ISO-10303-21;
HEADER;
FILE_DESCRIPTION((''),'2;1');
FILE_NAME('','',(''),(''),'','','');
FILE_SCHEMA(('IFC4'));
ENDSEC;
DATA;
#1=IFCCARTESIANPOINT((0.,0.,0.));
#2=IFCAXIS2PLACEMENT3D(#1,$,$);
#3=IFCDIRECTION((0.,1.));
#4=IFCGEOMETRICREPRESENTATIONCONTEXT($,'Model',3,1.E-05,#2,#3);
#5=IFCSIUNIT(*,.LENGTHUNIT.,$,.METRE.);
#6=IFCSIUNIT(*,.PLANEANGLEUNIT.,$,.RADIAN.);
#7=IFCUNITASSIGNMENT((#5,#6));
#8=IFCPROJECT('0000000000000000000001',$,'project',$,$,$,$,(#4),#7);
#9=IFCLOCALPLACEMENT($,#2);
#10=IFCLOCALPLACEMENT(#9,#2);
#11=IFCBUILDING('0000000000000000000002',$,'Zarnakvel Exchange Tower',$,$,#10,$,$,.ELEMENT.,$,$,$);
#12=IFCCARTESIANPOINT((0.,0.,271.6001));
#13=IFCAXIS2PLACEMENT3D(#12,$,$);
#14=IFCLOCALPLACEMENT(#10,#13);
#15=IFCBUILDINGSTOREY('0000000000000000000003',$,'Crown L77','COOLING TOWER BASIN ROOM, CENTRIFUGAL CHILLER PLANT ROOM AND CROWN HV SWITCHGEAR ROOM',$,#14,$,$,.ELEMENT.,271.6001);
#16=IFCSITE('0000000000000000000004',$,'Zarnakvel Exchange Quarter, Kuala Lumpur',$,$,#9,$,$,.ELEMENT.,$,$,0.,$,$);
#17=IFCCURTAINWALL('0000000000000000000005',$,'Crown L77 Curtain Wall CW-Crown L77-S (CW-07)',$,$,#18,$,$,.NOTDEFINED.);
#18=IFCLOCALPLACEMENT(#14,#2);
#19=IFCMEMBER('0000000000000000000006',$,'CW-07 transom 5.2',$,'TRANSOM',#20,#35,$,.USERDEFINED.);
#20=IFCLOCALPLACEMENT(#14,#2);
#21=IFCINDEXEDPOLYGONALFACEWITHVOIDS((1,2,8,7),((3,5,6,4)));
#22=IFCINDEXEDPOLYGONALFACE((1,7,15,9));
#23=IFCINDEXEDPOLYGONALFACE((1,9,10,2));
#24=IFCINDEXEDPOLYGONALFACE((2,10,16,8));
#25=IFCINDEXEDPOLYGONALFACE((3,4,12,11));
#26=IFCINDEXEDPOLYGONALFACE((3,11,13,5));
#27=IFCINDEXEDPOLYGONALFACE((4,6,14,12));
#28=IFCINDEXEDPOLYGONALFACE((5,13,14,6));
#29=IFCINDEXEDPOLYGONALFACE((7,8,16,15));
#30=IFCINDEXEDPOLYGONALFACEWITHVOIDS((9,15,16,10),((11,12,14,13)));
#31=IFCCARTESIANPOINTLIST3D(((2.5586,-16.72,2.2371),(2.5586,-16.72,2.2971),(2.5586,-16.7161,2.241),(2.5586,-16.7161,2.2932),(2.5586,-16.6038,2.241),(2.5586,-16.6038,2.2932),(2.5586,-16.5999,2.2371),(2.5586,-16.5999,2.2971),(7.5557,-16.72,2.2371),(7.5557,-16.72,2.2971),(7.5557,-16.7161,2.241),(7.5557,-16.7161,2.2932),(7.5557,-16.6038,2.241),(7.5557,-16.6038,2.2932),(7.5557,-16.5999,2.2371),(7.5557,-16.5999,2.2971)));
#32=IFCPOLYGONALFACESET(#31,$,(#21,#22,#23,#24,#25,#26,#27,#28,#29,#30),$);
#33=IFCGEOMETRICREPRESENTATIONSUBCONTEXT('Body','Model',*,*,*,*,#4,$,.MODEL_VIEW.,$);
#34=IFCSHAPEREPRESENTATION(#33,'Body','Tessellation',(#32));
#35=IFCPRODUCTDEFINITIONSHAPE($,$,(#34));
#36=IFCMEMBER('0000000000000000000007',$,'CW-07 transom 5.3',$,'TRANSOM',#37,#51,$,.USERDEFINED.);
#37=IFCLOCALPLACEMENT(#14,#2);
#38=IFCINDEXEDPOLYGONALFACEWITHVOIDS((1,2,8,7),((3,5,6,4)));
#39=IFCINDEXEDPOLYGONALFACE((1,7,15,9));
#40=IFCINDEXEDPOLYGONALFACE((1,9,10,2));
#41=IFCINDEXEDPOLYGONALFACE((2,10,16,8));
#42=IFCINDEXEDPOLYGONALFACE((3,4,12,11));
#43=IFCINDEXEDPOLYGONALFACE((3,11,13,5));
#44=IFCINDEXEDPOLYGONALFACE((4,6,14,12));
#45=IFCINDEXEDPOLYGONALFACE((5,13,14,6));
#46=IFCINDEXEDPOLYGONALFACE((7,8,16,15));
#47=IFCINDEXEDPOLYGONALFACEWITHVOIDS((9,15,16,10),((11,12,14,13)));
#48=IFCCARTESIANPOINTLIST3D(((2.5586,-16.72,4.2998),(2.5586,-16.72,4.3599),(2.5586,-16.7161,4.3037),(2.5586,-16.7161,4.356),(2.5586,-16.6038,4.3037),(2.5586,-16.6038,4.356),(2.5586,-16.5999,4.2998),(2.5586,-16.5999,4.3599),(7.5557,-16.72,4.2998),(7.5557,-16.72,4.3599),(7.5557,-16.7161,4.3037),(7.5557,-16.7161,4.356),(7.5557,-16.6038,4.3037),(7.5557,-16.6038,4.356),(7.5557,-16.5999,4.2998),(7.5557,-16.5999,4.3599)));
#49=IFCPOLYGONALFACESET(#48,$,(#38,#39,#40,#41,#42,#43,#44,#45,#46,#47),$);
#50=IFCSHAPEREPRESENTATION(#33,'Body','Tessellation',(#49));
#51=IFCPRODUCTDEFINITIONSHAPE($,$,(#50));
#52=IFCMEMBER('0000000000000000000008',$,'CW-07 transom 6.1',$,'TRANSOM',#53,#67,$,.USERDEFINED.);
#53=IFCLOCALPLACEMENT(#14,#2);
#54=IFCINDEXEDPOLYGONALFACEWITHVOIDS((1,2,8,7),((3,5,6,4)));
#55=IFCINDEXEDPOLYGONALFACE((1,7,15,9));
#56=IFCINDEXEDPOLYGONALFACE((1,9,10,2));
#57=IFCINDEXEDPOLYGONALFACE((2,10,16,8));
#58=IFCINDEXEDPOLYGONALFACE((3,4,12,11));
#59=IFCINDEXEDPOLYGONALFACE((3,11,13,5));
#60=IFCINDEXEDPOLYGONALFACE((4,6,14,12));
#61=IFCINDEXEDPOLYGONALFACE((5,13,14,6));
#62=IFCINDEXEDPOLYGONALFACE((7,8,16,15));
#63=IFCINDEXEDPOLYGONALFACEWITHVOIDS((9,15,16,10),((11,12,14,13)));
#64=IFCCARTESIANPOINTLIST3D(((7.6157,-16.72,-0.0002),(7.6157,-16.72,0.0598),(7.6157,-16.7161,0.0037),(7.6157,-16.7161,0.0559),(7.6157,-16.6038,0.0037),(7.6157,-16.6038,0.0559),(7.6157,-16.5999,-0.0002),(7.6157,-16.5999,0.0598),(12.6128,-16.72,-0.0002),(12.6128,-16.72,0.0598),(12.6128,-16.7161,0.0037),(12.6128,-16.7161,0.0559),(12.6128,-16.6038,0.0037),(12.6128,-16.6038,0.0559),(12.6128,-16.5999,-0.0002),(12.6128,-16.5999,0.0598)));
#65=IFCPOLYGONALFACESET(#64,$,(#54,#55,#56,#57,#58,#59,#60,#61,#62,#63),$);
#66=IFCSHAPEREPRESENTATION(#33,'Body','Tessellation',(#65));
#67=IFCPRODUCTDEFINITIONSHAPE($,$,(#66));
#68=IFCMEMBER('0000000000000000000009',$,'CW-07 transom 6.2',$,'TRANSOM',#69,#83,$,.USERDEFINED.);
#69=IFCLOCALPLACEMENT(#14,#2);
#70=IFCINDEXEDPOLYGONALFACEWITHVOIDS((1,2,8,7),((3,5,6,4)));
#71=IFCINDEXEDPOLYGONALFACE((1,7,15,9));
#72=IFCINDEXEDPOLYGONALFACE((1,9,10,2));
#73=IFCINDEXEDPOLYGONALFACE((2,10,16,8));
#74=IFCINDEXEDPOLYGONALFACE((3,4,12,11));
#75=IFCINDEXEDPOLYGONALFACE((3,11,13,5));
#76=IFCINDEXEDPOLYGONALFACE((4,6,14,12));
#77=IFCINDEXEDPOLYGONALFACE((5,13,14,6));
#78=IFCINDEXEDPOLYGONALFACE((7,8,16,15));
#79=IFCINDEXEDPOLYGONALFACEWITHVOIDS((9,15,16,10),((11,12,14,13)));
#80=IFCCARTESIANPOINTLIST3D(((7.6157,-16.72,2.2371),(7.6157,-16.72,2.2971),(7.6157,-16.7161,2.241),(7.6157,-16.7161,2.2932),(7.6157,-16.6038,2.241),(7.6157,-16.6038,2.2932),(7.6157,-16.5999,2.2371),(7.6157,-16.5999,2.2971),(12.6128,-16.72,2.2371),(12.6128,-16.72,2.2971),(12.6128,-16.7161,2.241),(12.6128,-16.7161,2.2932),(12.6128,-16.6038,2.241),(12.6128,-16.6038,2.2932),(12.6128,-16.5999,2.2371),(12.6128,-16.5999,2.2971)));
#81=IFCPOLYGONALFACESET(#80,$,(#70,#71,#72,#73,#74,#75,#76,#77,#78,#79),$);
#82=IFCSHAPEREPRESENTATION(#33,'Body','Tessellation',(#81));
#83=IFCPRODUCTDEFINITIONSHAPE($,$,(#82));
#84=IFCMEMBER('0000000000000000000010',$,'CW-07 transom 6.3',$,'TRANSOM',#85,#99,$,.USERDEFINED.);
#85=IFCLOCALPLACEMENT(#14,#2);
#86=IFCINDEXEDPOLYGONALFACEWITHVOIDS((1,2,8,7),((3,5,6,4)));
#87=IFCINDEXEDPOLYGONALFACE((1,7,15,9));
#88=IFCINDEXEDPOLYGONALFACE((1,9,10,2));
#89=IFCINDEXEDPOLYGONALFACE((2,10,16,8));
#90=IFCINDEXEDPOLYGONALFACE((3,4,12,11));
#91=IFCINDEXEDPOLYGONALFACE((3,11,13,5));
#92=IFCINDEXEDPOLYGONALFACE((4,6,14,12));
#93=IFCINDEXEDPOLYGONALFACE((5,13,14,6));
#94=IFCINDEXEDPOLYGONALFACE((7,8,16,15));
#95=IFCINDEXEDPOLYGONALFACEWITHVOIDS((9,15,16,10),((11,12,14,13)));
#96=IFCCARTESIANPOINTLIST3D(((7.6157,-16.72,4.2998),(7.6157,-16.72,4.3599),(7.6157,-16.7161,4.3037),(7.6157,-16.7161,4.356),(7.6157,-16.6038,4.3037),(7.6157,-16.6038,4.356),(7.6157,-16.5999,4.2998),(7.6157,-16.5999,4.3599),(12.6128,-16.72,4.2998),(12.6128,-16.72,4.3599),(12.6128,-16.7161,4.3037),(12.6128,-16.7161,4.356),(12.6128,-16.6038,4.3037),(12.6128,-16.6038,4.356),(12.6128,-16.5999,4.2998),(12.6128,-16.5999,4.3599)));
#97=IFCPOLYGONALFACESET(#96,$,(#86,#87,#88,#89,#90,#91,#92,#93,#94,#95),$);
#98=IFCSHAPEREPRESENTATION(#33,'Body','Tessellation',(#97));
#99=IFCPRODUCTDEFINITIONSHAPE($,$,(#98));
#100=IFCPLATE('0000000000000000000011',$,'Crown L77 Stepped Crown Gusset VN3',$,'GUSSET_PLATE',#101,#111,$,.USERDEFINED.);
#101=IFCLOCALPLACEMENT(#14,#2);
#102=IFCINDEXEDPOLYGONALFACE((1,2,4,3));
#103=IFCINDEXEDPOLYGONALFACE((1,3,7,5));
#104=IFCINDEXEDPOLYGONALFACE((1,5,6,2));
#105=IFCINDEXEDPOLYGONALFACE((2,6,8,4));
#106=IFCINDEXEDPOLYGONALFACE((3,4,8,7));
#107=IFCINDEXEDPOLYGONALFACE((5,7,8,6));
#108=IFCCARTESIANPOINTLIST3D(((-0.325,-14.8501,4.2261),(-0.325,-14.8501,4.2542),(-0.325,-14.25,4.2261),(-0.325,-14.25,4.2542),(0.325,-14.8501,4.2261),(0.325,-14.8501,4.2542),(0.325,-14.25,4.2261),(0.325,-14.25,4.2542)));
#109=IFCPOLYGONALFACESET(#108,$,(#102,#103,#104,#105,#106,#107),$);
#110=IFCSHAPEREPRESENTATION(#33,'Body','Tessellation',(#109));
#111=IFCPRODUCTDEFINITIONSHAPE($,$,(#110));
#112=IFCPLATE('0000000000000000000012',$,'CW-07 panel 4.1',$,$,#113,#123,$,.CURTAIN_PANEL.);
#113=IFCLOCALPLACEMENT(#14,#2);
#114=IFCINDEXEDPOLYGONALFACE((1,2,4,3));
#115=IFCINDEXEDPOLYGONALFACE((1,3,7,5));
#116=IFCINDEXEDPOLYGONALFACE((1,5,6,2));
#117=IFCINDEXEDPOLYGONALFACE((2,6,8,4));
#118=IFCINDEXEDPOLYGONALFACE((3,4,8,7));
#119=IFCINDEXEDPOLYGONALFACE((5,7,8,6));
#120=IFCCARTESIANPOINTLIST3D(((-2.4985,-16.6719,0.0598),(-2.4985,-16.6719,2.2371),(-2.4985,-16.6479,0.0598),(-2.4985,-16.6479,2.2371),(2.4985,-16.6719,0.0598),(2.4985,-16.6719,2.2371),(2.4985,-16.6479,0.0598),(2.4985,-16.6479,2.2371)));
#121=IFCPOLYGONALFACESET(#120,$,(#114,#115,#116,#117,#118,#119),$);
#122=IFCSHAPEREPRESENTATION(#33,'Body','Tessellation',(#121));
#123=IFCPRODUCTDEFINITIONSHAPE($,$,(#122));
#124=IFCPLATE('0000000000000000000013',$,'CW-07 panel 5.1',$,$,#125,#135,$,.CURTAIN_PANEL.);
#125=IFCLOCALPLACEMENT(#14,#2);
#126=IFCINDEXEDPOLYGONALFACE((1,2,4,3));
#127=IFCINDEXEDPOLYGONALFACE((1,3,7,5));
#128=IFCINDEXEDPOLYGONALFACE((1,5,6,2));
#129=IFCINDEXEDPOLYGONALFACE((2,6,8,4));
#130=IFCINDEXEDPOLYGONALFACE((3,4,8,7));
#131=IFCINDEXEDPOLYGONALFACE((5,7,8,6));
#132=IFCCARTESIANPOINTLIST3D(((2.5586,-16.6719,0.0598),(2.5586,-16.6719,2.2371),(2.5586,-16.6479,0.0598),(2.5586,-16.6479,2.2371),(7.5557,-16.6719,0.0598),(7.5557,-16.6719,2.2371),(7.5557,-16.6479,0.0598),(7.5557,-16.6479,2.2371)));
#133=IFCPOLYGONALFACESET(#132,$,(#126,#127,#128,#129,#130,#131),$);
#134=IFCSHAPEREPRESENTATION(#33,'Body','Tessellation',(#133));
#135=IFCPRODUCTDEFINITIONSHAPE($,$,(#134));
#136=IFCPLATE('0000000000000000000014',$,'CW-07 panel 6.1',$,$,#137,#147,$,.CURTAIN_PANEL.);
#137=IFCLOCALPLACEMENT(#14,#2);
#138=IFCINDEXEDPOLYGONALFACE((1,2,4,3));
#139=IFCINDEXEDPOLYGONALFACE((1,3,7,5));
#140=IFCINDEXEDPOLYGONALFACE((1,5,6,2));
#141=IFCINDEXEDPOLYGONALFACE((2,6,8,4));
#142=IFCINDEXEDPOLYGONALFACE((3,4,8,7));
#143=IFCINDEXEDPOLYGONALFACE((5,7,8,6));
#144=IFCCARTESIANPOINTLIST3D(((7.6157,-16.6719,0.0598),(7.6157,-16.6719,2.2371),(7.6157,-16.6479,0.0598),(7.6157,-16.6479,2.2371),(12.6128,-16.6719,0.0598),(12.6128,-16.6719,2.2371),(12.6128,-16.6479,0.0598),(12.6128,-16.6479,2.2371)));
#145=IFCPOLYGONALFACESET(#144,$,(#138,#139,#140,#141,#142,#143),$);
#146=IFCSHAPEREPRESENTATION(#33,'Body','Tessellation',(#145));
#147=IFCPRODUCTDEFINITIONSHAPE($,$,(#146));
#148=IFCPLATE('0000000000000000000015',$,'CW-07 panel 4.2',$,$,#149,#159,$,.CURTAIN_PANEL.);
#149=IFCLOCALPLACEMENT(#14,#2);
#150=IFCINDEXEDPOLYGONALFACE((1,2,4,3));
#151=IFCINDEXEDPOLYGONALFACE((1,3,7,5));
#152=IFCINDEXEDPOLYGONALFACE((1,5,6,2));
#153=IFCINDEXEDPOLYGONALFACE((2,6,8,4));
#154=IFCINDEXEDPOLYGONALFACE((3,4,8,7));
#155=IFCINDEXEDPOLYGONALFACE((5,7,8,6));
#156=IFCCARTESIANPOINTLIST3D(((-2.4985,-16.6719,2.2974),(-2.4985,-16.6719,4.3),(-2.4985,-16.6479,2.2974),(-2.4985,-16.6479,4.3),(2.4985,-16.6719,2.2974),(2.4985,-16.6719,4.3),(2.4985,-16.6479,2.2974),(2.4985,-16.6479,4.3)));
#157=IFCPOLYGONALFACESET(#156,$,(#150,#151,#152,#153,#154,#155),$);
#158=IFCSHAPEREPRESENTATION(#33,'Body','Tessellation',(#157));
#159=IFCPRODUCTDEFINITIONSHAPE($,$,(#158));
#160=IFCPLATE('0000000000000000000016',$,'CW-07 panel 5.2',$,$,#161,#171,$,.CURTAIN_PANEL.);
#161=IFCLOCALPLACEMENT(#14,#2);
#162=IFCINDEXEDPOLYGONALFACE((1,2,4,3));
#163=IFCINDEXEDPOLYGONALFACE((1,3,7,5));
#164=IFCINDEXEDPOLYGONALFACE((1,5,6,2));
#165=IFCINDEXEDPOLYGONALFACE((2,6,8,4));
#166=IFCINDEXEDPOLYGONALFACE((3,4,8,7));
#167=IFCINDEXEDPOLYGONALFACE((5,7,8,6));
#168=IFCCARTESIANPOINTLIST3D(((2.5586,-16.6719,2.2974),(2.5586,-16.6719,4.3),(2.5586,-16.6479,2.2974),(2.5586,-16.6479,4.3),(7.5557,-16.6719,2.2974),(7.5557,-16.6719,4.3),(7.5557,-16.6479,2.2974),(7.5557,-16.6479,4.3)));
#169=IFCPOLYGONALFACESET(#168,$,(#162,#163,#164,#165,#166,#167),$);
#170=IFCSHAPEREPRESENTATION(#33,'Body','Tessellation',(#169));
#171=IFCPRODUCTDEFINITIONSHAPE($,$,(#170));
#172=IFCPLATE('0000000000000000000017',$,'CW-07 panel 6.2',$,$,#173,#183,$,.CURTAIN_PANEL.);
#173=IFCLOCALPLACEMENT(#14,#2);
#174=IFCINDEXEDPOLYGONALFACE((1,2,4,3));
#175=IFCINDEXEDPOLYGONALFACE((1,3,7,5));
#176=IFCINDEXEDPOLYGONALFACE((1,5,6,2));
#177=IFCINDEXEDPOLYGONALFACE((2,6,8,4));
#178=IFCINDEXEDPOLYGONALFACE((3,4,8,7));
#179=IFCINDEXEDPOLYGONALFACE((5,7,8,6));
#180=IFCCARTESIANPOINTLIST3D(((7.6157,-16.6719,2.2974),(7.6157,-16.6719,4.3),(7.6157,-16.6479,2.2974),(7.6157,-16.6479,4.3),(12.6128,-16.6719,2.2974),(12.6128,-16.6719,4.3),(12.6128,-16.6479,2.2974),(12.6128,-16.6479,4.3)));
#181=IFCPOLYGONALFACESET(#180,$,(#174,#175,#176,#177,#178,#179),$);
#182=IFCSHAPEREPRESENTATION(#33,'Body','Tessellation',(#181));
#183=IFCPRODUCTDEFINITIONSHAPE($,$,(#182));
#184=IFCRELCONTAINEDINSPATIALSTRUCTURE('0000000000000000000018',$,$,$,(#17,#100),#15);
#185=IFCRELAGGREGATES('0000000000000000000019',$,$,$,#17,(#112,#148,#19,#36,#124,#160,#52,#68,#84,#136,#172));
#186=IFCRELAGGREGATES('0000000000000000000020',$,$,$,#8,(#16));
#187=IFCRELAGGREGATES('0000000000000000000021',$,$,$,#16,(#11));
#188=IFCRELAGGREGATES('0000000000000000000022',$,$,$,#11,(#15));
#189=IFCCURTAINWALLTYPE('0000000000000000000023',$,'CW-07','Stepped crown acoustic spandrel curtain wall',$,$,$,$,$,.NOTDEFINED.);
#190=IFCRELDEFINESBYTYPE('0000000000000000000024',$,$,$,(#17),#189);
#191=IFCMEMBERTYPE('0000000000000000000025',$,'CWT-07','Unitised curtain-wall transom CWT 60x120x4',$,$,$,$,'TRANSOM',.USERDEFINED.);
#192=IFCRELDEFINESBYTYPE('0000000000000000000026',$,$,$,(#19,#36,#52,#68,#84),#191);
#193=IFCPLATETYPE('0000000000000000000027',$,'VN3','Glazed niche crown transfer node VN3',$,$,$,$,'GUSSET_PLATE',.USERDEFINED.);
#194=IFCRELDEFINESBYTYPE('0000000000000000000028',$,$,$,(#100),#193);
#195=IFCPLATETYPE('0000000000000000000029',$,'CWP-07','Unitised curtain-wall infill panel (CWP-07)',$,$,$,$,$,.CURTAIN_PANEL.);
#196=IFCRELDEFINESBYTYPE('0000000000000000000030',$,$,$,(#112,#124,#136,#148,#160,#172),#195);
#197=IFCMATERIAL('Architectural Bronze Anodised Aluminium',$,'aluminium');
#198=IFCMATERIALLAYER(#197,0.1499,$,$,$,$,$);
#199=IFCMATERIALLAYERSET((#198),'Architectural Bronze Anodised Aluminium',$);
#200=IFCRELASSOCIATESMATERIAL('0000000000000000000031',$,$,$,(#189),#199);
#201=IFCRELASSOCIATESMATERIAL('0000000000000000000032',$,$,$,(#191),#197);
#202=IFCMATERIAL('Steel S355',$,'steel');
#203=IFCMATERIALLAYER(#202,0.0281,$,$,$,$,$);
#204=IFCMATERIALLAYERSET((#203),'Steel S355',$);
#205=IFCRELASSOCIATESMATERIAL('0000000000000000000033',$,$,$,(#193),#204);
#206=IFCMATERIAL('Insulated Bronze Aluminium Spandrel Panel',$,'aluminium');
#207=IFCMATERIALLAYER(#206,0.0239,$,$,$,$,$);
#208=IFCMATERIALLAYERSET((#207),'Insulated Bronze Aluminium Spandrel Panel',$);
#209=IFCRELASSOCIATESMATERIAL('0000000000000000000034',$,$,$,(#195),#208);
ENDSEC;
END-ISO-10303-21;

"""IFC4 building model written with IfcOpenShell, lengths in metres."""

from ifc_helpers import new_model, si_unit, direction, frame, origin, origin_2d, place, context, subcontext, project, spatial, rectangle, hollow_rectangle, extrude, source, transform, mapped, material, layer, layer_set, material_profile, profile_set, type_object, element, aggregate, save


model = new_model("IFC4")

# Units and contexts
model_context = context("Model", 3, precision=1e-05, world=origin(), true_north=direction((0.0, 1.0)))
body_context = subcontext(model_context, "Body", "Model", "MODEL_VIEW")
ifc_project = project(units=[si_unit("LENGTHUNIT", "METRE"), si_unit("PLANEANGLEUNIT", "RADIAN")], contexts=[model_context])

# Site, building, storey
site_placement = place(None, origin())
site = spatial("IfcSite", under=ifc_project, at=site_placement, Name="Zarnakvel Exchange Quarter, Kuala Lumpur", CompositionType="ELEMENT", RefElevation=0.0)
building_placement = place(site_placement, origin())
building = spatial("IfcBuilding", under=site, at=building_placement, Name="Zarnakvel Exchange Tower", CompositionType="ELEMENT")
storey_placement = place(building_placement, frame((0.0, 0.0, 271.6001)))
storey = spatial("IfcBuildingStorey", under=building, at=storey_placement, Name="Crown L77", Description="COOLING TOWER BASIN ROOM, CENTRIFUGAL CHILLER PLANT ROOM AND CROWN HV SWITCHGEAR ROOM", CompositionType="ELEMENT", Elevation=271.6001)

# Curtain wall, members
ifc_material_1 = material(Name="Architectural Bronze Anodised Aluminium", Category="aluminium")
ifc_layer_1 = layer(ifc_material_1, 0.1499)
ifc_layer_set_1 = layer_set([ifc_layer_1], Name="Architectural Bronze Anodised Aluminium")
curtain_wall_type = type_object("IfcCurtainWallType", Name="CW-07", Description="Stepped crown acoustic spandrel curtain wall", PredefinedType="NOTDEFINED", material=ifc_layer_set_1)
curtain_wall_placement = place(storey_placement, origin())
curtain_wall = element("IfcCurtainWall", 1, at=curtain_wall_placement, inside=storey, type_object=curtain_wall_type, Name="Crown L77 Curtain Wall CW-Crown L77-S (CW-07)", PredefinedType="NOTDEFINED")
ifc_material_profile_1 = material_profile(ifc_material_1, hollow_rectangle(XDim=0.1201, YDim=0.0601, WallThickness=0.0039, at=origin_2d()))
ifc_profile_set_1 = profile_set([ifc_material_profile_1], Name="Architectural Bronze Anodised Aluminium")
member_type_1 = type_object("IfcMemberType", Name="CWT-07", Description="Unitised curtain-wall transom CWT 60x120x4", ElementType="TRANSOM", PredefinedType="USERDEFINED", material=ifc_profile_set_1)
shared_shape_1 = source(origin(), body_context, "Body", "SweptSolid", [
    extrude(hollow_rectangle(XDim=0.1201, YDim=0.0601, WallThickness=0.0039, at=origin_2d()), origin(), (0.0, 0.0, 1.0), 4.9971),
])
member_1_placement = place(storey_placement, frame((2.5586, -16.6599, 2.2671), z_axis=(1.0, 0.0, 0.0), x_axis=(0.0, 1.0, 0.0)))
member_1 = element("IfcMember", 2, at=member_1_placement, type_object=member_type_1, Name="CW-07 transom 5.2", ObjectType="TRANSOM", PredefinedType="USERDEFINED", context=body_context, shape_type="MappedRepresentation", body=[
    mapped(shared_shape_1, transform((0.0, 0.0, 0.0), x_axis=(1.0, 0.0, 0.0), y_axis=(0.0, 1.0, 0.0), z_axis=(0.0, 0.0, 1.0), scale=1.0)),
])
member_2_placement = place(storey_placement, frame((2.5586, -16.6599, 4.3298), z_axis=(1.0, 0.0, 0.0), x_axis=(0.0, 1.0, 0.0)))
member_2 = element("IfcMember", 3, at=member_2_placement, type_object=member_type_1, Name="CW-07 transom 5.3", ObjectType="TRANSOM", PredefinedType="USERDEFINED", context=body_context, shape_type="MappedRepresentation", body=[
    mapped(shared_shape_1, transform((0.0, 0.0, 0.0), x_axis=(1.0, 0.0, 0.0), y_axis=(0.0, 1.0, 0.0), z_axis=(0.0, 0.0, 1.0), scale=1.0)),
])
member_3_placement = place(storey_placement, frame((7.6157, -16.6599, 0.0298), z_axis=(1.0, 0.0, 0.0), x_axis=(0.0, 1.0, 0.0)))
member_3 = element("IfcMember", 4, at=member_3_placement, type_object=member_type_1, Name="CW-07 transom 6.1", ObjectType="TRANSOM", PredefinedType="USERDEFINED", context=body_context, shape_type="MappedRepresentation", body=[
    mapped(shared_shape_1, transform((0.0, 0.0, 0.0), x_axis=(1.0, 0.0, 0.0), y_axis=(0.0, 1.0, 0.0), z_axis=(0.0, 0.0, 1.0), scale=1.0)),
])
member_4_placement = place(storey_placement, frame((7.6157, -16.6599, 2.2671), z_axis=(1.0, 0.0, 0.0), x_axis=(0.0, 1.0, 0.0)))
member_4 = element("IfcMember", 5, at=member_4_placement, type_object=member_type_1, Name="CW-07 transom 6.2", ObjectType="TRANSOM", PredefinedType="USERDEFINED", context=body_context, shape_type="MappedRepresentation", body=[
    mapped(shared_shape_1, transform((0.0, 0.0, 0.0), x_axis=(1.0, 0.0, 0.0), y_axis=(0.0, 1.0, 0.0), z_axis=(0.0, 0.0, 1.0), scale=1.0)),
])
member_5_placement = place(storey_placement, frame((7.6157, -16.6599, 4.3298), z_axis=(1.0, 0.0, 0.0), x_axis=(0.0, 1.0, 0.0)))
member_5 = element("IfcMember", 6, at=member_5_placement, type_object=member_type_1, Name="CW-07 transom 6.3", ObjectType="TRANSOM", PredefinedType="USERDEFINED", context=body_context, shape_type="MappedRepresentation", body=[
    mapped(shared_shape_1, transform((0.0, 0.0, 0.0), x_axis=(1.0, 0.0, 0.0), y_axis=(0.0, 1.0, 0.0), z_axis=(0.0, 0.0, 1.0), scale=1.0)),
])

# Plates
ifc_material_2 = material(Name="Steel S355", Category="steel")
ifc_layer_2 = layer(ifc_material_2, 0.0281)
ifc_layer_set_2 = layer_set([ifc_layer_2], Name="Steel S355")
plate_type_1 = type_object("IfcPlateType", Name="VN3", Description="Glazed niche crown transfer node VN3", ElementType="GUSSET_PLATE", PredefinedType="USERDEFINED", material=ifc_layer_set_2)
shared_shape_2 = source(origin(), body_context, "Body", "SweptSolid", [
    extrude(rectangle(XDim=0.6499, YDim=0.6001, at=origin_2d()), origin(), (0.0, 0.0, 1.0), 0.0281),
])
plate_1_placement = place(storey_placement, frame((0.0, -14.55, 4.2261), z_axis=(0.0, 0.0, 1.0), x_axis=(1.0, 0.0, 0.0)))
element("IfcPlate", 7, at=plate_1_placement, inside=storey, type_object=plate_type_1, Name="Crown L77 Stepped Crown Gusset VN3", ObjectType="GUSSET_PLATE", PredefinedType="USERDEFINED", context=body_context, shape_type="MappedRepresentation", body=[
    mapped(shared_shape_2, transform((0.0, 0.0, 0.0), x_axis=(1.0, 0.0, 0.0), y_axis=(0.0, 1.0, 0.0), z_axis=(0.0, 0.0, 1.0), scale=1.0)),
])
ifc_material_3 = material(Name="Insulated Bronze Aluminium Spandrel Panel", Category="aluminium")
ifc_layer_3 = layer(ifc_material_3, 0.0239)
ifc_layer_set_3 = layer_set([ifc_layer_3], Name="Insulated Bronze Aluminium Spandrel Panel")
plate_type_2 = type_object("IfcPlateType", Name="CWP-07", Description="Unitised curtain-wall infill panel (CWP-07)", PredefinedType="CURTAIN_PANEL", material=ifc_layer_set_3)
shared_shape_3 = source(origin(), body_context, "Body", "SweptSolid", [
    extrude(rectangle(XDim=4.9971, YDim=0.0239, at=origin_2d()), origin(), (0.0, 0.0, 1.0), 2.1772),
])
plate_2_placement = place(storey_placement, frame((0.0, -16.6599, 0.0598), z_axis=(0.0, 0.0, 1.0), x_axis=(1.0, 0.0, 0.0)))
plate_2 = element("IfcPlate", 8, at=plate_2_placement, type_object=plate_type_2, Name="CW-07 panel 4.1", PredefinedType="CURTAIN_PANEL", context=body_context, shape_type="MappedRepresentation", body=[
    mapped(shared_shape_3, transform((0.0, 0.0, 0.0), x_axis=(1.0, 0.0, 0.0), y_axis=(0.0, 1.0, 0.0), z_axis=(0.0, 0.0, 1.0), scale=1.0)),
])
plate_3_placement = place(storey_placement, frame((5.0571, -16.6599, 0.0598), z_axis=(0.0, 0.0, 1.0), x_axis=(1.0, 0.0, 0.0)))
plate_3 = element("IfcPlate", 9, at=plate_3_placement, type_object=plate_type_2, Name="CW-07 panel 5.1", PredefinedType="CURTAIN_PANEL", context=body_context, shape_type="MappedRepresentation", body=[
    mapped(shared_shape_3, transform((0.0, 0.0, 0.0), x_axis=(1.0, 0.0, 0.0), y_axis=(0.0, 1.0, 0.0), z_axis=(0.0, 0.0, 1.0), scale=1.0)),
])
plate_4_placement = place(storey_placement, frame((10.1143, -16.6599, 0.0598), z_axis=(0.0, 0.0, 1.0), x_axis=(1.0, 0.0, 0.0)))
plate_4 = element("IfcPlate", 10, at=plate_4_placement, type_object=plate_type_2, Name="CW-07 panel 6.1", PredefinedType="CURTAIN_PANEL", context=body_context, shape_type="MappedRepresentation", body=[
    mapped(shared_shape_3, transform((0.0, 0.0, 0.0), x_axis=(1.0, 0.0, 0.0), y_axis=(0.0, 1.0, 0.0), z_axis=(0.0, 0.0, 1.0), scale=1.0)),
])
shared_shape_4 = source(origin(), body_context, "Body", "SweptSolid", [
    extrude(rectangle(XDim=4.9971, YDim=0.0239, at=origin_2d()), origin(), (0.0, 0.0, 1.0), 2.0027),
])
plate_5_placement = place(storey_placement, frame((0.0, -16.6599, 2.2974), z_axis=(0.0, 0.0, 1.0), x_axis=(1.0, 0.0, 0.0)))
plate_5 = element("IfcPlate", 11, at=plate_5_placement, type_object=plate_type_2, Name="CW-07 panel 4.2", PredefinedType="CURTAIN_PANEL", context=body_context, shape_type="MappedRepresentation", body=[
    mapped(shared_shape_4, transform((0.0, 0.0, 0.0), x_axis=(1.0, 0.0, 0.0), y_axis=(0.0, 1.0, 0.0), z_axis=(0.0, 0.0, 1.0), scale=1.0)),
])
plate_6_placement = place(storey_placement, frame((5.0571, -16.6599, 2.2974), z_axis=(0.0, 0.0, 1.0), x_axis=(1.0, 0.0, 0.0)))
plate_6 = element("IfcPlate", 12, at=plate_6_placement, type_object=plate_type_2, Name="CW-07 panel 5.2", PredefinedType="CURTAIN_PANEL", context=body_context, shape_type="MappedRepresentation", body=[
    mapped(shared_shape_4, transform((0.0, 0.0, 0.0), x_axis=(1.0, 0.0, 0.0), y_axis=(0.0, 1.0, 0.0), z_axis=(0.0, 0.0, 1.0), scale=1.0)),
])
plate_7_placement = place(storey_placement, frame((10.1143, -16.6599, 2.2974), z_axis=(0.0, 0.0, 1.0), x_axis=(1.0, 0.0, 0.0)))
plate_7 = element("IfcPlate", 13, at=plate_7_placement, type_object=plate_type_2, Name="CW-07 panel 6.2", PredefinedType="CURTAIN_PANEL", context=body_context, shape_type="MappedRepresentation", body=[
    mapped(shared_shape_4, transform((0.0, 0.0, 0.0), x_axis=(1.0, 0.0, 0.0), y_axis=(0.0, 1.0, 0.0), z_axis=(0.0, 0.0, 1.0), scale=1.0)),
])
aggregate(curtain_wall, [plate_2, plate_5, member_1, member_2, plate_3, plate_6, member_3, member_4, member_5, plate_4, plate_7])

save(model, "model.ifc")
